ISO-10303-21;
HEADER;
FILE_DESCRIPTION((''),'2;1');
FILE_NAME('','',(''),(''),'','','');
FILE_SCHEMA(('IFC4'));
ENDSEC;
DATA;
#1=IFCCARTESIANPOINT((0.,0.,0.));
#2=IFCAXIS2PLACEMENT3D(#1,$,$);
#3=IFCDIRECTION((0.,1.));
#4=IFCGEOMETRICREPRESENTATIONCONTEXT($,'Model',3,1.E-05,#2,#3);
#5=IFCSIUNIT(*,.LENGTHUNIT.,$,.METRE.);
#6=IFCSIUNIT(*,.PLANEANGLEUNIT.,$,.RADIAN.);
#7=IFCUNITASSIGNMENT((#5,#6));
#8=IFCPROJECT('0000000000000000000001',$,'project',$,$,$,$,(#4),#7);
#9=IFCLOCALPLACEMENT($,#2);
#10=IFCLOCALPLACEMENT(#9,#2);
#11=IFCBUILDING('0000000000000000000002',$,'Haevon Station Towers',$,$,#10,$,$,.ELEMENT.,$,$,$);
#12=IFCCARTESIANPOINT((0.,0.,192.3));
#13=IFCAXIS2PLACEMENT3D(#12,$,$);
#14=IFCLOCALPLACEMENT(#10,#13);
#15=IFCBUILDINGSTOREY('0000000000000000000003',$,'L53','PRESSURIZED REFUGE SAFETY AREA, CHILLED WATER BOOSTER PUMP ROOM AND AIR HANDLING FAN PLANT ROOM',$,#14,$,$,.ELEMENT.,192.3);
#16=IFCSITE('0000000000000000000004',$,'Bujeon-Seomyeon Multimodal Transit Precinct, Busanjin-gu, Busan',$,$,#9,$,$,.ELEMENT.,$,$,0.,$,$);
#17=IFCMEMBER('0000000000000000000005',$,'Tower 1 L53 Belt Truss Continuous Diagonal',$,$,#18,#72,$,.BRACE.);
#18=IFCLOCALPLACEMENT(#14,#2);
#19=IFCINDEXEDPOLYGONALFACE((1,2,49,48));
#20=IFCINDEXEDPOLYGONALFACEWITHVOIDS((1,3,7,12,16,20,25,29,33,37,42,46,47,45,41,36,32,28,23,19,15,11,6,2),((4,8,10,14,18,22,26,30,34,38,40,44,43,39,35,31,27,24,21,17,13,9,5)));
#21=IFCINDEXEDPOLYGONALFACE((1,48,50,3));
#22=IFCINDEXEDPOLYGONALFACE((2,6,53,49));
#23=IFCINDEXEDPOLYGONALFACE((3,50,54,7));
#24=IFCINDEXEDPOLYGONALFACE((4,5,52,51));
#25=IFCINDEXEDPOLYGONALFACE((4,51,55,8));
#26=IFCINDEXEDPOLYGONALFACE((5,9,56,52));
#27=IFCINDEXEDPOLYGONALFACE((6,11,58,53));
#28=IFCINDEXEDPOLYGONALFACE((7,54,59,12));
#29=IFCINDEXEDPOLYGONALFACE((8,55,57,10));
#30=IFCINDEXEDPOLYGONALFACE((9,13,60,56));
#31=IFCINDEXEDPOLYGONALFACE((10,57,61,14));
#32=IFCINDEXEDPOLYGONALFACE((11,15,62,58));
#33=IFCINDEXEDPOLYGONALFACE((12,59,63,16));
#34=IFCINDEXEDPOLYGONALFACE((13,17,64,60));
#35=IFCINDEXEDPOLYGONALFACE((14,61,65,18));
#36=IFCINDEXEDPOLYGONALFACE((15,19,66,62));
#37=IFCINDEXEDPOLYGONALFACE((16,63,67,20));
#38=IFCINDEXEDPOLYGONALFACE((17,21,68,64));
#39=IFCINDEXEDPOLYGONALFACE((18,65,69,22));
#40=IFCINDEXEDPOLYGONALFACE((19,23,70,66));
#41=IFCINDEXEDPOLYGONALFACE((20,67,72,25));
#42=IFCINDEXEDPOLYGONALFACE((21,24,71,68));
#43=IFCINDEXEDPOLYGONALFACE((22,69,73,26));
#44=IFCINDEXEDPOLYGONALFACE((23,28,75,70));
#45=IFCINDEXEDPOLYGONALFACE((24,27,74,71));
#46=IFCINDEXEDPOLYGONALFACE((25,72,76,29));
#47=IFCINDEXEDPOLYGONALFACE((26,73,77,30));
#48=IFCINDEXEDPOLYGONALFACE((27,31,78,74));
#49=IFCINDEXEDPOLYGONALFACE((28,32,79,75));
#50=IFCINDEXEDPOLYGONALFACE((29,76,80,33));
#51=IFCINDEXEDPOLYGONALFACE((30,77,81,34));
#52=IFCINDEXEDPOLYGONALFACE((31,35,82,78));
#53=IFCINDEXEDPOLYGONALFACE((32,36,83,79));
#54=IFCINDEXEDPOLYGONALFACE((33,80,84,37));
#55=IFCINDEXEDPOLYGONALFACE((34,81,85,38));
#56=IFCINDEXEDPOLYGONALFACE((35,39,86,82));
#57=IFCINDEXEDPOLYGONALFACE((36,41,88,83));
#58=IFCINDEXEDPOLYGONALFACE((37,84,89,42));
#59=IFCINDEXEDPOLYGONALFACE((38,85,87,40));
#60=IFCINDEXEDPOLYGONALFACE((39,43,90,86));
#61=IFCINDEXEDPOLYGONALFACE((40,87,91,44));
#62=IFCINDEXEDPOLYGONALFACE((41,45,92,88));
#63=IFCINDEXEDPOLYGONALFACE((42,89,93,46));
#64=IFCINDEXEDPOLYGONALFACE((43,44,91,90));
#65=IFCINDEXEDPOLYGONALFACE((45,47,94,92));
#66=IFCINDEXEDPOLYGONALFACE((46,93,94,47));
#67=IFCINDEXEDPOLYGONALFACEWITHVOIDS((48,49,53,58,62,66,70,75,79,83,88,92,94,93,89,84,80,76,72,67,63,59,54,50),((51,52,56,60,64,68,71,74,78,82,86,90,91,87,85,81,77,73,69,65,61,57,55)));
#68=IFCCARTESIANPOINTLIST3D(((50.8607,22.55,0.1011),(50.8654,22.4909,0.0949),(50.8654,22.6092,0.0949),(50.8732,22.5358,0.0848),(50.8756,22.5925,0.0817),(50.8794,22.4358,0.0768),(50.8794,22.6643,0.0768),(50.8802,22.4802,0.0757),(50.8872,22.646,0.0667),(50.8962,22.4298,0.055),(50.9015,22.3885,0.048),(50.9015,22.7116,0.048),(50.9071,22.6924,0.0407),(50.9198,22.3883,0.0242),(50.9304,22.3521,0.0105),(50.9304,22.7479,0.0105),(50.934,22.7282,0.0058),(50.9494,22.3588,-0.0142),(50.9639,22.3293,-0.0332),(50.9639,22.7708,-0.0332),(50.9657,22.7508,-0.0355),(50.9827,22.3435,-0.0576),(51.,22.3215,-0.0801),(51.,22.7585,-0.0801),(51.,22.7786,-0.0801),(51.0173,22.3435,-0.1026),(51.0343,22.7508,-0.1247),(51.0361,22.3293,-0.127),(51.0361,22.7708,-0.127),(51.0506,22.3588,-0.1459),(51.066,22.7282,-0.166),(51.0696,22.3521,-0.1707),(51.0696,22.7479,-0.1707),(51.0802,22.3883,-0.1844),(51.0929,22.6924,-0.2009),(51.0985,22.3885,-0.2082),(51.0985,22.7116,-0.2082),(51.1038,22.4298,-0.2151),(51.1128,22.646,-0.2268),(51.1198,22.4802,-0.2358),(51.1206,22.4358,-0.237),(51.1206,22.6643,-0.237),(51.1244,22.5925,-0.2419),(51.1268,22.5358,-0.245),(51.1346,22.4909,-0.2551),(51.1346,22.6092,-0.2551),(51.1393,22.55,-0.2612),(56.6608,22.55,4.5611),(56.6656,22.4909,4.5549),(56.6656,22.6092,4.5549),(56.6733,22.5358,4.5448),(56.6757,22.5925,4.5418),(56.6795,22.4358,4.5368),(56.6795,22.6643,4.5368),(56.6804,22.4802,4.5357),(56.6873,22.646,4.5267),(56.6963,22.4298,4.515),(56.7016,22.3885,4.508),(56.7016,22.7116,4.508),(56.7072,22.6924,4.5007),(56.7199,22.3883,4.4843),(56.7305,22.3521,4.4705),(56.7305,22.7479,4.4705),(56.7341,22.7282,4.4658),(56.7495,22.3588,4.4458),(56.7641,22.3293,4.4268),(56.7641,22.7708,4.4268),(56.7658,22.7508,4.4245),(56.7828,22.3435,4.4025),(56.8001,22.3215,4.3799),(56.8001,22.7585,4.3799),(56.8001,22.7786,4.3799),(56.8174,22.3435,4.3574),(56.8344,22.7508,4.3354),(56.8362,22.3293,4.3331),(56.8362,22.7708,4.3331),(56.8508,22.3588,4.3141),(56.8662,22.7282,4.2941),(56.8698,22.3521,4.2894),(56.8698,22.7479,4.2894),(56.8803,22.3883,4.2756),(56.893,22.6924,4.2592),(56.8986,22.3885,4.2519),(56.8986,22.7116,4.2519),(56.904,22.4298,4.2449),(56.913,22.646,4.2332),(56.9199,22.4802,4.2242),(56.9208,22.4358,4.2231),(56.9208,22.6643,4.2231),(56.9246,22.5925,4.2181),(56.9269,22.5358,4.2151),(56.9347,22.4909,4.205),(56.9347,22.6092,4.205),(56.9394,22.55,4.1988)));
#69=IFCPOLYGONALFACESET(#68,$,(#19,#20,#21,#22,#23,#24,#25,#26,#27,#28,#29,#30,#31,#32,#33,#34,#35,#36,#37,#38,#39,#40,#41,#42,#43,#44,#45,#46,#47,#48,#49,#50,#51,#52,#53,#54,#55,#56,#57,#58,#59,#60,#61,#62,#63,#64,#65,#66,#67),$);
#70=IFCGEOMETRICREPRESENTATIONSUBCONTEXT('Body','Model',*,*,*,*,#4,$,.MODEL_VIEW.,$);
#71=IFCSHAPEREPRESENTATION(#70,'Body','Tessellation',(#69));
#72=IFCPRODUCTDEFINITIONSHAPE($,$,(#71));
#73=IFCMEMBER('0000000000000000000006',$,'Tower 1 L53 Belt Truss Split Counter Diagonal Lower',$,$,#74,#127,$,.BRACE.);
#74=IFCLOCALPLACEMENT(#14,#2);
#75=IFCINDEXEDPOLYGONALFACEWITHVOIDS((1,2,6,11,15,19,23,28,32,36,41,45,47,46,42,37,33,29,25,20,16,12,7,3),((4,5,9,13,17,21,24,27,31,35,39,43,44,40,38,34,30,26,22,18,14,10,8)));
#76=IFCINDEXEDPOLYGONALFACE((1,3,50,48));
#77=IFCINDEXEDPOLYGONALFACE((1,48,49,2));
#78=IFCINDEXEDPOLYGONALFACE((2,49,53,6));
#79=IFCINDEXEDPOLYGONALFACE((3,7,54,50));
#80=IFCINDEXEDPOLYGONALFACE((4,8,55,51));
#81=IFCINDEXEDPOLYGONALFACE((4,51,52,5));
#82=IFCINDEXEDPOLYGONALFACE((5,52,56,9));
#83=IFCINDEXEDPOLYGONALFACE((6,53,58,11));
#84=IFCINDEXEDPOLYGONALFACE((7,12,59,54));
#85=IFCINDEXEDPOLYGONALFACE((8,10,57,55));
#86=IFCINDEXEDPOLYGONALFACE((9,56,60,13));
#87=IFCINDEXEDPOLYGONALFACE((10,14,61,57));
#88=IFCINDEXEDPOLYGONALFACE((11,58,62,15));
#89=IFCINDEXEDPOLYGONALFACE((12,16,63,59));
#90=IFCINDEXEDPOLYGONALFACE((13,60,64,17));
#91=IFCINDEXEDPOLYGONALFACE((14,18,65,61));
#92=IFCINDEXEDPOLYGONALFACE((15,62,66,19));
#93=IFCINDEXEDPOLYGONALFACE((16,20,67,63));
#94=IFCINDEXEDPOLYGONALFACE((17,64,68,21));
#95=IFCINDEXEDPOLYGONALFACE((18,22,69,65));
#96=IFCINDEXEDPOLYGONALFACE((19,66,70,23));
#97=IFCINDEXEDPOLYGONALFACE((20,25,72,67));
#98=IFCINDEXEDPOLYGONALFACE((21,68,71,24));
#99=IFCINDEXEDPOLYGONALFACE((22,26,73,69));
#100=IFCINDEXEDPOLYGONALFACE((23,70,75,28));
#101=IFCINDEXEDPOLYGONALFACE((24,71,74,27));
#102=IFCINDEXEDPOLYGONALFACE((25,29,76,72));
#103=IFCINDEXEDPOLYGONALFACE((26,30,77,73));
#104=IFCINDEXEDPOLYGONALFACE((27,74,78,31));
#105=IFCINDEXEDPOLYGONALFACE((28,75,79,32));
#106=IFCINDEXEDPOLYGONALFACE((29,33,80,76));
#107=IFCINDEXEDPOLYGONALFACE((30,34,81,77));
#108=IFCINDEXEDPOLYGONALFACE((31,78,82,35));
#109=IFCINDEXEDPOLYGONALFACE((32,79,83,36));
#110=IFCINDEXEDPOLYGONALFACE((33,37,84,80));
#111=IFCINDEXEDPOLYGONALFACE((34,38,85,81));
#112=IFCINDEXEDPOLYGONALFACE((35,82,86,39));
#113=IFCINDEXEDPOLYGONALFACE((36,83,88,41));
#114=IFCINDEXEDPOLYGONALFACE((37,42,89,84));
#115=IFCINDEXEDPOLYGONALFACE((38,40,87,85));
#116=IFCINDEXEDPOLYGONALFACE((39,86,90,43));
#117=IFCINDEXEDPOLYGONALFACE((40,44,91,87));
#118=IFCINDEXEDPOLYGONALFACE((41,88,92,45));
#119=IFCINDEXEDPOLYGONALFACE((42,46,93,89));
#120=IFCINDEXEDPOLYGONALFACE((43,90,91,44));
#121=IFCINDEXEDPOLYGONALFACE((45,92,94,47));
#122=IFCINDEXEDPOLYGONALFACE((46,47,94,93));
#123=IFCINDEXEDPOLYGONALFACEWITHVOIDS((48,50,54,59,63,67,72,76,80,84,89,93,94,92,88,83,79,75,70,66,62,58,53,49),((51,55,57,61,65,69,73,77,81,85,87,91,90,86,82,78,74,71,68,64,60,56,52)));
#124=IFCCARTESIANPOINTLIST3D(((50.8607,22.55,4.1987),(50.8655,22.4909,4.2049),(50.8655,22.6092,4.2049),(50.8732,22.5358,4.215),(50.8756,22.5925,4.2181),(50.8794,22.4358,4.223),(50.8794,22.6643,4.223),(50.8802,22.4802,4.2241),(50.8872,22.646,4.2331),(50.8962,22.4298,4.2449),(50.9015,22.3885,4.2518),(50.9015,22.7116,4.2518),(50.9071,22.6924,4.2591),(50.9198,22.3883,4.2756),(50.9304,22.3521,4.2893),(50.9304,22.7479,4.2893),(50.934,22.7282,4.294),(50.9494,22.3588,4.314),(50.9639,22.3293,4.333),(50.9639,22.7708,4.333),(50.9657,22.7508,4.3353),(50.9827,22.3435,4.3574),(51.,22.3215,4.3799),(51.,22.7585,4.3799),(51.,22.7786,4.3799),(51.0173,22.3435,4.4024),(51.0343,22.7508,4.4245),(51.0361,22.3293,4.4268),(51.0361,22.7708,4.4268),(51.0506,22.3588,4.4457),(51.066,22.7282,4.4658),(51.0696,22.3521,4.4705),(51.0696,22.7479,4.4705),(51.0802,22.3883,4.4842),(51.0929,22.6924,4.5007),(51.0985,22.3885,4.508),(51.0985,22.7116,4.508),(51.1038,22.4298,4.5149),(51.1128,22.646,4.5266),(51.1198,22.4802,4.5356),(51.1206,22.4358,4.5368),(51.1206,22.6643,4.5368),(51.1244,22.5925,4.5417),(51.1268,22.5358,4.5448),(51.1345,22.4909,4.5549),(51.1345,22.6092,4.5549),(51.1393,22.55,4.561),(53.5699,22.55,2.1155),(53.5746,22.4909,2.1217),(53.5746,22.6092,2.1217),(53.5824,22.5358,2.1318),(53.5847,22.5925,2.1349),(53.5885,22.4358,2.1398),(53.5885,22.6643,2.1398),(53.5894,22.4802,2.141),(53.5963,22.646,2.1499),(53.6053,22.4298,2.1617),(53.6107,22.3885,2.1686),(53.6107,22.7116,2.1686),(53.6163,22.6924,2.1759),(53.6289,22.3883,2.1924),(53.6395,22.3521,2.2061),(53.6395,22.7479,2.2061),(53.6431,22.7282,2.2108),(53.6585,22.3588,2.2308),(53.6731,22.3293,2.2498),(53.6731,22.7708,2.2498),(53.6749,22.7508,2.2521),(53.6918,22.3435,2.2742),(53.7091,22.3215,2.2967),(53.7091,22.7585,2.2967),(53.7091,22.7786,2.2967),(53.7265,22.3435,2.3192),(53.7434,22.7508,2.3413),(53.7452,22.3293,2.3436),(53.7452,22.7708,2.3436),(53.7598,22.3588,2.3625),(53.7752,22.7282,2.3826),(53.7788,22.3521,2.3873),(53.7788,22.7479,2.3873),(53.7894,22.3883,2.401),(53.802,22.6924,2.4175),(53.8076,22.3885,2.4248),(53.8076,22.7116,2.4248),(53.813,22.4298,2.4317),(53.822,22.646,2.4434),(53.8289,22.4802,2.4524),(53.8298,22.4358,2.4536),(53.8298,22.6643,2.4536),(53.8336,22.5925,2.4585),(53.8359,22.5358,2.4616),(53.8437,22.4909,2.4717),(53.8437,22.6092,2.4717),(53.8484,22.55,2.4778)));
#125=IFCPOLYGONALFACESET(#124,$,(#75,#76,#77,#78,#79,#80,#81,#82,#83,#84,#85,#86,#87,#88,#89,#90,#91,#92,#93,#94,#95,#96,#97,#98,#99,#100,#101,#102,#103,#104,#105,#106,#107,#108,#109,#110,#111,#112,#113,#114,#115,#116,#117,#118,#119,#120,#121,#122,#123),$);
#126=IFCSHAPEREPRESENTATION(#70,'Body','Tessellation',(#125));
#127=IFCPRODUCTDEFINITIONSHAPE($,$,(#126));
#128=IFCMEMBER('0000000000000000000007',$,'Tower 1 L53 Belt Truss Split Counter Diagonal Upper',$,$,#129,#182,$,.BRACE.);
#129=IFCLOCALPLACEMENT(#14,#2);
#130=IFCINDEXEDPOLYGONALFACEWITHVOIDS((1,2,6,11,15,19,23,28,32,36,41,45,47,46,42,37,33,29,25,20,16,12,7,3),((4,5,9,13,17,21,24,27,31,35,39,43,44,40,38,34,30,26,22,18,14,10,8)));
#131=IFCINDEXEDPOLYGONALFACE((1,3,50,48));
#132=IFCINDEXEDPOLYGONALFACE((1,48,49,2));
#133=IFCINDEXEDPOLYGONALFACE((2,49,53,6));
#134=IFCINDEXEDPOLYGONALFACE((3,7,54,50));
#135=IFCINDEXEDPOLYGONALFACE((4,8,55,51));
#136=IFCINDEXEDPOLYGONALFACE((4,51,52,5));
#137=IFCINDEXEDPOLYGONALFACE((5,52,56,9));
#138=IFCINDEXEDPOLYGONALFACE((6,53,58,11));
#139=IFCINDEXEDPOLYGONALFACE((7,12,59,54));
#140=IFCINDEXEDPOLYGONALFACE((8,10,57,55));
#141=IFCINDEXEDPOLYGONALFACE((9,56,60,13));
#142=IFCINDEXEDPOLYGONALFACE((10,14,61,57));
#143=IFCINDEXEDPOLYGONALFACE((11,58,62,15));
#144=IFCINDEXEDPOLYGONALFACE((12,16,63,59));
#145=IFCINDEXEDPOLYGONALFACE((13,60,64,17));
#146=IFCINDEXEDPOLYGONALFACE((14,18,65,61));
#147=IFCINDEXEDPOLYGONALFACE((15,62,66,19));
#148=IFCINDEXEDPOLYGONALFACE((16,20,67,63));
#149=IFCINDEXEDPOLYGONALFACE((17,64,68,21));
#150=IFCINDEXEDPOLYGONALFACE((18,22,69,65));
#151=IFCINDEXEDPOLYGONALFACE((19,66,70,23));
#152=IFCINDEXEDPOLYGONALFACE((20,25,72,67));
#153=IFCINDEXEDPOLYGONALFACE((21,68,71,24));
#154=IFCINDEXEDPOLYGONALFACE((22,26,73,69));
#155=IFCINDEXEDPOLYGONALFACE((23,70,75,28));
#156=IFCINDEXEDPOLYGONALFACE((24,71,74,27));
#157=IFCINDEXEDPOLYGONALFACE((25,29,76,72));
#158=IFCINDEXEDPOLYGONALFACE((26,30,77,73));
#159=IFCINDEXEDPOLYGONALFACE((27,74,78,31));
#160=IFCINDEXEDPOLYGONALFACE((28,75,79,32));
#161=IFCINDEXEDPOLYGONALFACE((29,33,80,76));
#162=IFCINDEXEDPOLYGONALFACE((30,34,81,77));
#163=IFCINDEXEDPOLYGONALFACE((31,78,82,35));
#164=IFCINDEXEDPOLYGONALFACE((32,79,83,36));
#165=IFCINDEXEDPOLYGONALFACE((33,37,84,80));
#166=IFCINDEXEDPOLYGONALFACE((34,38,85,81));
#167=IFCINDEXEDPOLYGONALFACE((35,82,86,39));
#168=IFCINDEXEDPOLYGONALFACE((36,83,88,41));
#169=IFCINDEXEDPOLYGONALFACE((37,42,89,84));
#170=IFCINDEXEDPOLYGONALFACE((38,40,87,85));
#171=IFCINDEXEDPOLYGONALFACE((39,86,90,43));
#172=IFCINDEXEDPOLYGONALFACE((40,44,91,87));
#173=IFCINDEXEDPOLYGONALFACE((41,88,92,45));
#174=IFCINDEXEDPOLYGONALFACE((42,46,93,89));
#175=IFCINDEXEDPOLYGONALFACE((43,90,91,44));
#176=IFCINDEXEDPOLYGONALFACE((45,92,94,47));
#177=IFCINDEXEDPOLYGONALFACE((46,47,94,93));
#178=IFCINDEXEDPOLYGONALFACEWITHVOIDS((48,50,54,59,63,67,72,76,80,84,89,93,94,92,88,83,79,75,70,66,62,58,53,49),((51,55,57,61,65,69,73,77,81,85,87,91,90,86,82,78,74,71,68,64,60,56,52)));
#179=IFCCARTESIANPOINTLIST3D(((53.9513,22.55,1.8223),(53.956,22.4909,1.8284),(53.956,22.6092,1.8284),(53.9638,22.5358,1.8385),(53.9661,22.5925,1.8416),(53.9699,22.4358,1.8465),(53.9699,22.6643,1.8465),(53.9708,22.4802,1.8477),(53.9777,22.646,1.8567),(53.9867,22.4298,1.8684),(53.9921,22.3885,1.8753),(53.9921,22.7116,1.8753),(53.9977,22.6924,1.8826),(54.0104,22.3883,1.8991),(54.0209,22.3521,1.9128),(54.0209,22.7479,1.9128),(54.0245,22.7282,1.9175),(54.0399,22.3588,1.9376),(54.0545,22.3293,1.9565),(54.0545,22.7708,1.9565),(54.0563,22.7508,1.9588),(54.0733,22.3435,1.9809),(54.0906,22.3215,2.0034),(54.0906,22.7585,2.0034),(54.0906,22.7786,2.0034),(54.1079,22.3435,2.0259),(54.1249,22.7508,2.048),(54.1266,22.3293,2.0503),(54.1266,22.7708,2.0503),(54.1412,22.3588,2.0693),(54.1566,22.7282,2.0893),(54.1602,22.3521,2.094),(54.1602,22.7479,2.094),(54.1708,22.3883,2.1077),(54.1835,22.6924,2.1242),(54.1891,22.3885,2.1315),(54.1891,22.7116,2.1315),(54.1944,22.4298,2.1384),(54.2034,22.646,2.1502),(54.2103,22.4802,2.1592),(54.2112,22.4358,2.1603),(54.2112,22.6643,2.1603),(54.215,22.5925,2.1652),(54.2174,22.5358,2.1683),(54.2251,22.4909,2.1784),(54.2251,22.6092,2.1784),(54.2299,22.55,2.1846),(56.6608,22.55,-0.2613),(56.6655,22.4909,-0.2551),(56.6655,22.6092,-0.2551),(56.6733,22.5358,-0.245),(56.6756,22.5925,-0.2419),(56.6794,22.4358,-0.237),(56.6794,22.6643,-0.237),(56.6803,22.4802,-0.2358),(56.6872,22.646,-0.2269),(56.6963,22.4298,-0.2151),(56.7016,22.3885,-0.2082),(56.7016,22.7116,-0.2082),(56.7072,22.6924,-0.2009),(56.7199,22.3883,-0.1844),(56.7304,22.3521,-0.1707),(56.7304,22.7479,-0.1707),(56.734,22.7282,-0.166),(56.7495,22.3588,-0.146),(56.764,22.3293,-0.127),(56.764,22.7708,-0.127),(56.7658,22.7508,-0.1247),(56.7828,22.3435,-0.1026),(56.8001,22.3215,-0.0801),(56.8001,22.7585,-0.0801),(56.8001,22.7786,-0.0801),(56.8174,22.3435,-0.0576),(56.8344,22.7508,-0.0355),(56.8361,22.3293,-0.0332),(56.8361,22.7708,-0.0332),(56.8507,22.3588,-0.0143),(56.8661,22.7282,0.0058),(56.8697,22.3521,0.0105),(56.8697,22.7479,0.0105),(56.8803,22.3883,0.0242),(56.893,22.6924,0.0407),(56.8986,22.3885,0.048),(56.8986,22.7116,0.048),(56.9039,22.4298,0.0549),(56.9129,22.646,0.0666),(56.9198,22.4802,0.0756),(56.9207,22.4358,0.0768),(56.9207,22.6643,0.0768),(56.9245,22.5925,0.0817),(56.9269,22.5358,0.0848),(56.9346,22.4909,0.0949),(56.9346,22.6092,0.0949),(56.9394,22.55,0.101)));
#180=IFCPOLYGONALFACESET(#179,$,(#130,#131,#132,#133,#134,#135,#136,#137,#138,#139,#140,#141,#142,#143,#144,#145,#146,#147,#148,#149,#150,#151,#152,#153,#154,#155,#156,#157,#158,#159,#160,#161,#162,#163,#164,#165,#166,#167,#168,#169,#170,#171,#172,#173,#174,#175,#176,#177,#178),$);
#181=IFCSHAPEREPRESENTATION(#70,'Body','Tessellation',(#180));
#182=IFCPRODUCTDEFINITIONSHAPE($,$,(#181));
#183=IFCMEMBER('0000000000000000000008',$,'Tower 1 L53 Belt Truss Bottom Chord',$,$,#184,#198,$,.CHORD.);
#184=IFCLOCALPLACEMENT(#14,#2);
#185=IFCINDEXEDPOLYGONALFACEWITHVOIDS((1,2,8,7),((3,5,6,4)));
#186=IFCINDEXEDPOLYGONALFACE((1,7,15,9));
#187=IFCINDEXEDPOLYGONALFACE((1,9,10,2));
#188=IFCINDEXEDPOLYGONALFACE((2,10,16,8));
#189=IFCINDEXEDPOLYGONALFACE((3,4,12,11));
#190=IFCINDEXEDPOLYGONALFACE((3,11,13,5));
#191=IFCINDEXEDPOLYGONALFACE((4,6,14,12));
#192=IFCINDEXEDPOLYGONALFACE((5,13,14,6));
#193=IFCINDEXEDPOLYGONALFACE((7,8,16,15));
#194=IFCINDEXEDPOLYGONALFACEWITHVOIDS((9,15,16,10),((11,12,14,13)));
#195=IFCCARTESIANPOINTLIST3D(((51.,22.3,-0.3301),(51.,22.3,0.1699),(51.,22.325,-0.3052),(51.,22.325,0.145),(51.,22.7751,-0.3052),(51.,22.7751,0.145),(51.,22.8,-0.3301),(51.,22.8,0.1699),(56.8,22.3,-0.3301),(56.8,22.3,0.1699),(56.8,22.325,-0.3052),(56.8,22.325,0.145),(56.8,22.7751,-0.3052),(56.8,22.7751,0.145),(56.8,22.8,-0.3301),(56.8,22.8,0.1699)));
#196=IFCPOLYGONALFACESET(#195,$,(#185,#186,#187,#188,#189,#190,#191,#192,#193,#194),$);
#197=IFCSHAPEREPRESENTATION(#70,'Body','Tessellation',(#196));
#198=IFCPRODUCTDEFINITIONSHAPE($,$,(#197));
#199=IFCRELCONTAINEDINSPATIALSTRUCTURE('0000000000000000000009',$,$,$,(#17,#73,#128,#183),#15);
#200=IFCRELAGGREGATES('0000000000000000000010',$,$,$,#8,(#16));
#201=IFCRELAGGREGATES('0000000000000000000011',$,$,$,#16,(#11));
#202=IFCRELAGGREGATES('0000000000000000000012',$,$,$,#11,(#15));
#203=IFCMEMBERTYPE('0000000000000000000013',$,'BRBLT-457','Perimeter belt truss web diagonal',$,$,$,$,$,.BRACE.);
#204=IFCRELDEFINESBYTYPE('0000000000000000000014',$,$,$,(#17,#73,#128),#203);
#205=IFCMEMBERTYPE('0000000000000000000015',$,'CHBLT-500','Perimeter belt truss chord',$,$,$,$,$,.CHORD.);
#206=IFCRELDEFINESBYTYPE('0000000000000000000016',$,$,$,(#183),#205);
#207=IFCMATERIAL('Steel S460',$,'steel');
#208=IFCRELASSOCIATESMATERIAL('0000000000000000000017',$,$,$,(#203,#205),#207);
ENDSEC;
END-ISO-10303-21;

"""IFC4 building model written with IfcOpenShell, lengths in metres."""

from ifc_helpers import new_model, si_unit, direction, frame, origin, origin_2d, place, context, subcontext, project, spatial, hollow_rectangle, hollow_circle, extrude, material, material_profile, profile_set, type_object, element, save


model = new_model("IFC4")

# Units and contexts
model_context = context("Model", 3, precision=1e-05, world=origin(), true_north=direction((0.0, 1.0)))
body_context = subcontext(model_context, "Body", "Model", "MODEL_VIEW")
ifc_project = project(units=[si_unit("LENGTHUNIT", "METRE"), si_unit("PLANEANGLEUNIT", "RADIAN")], contexts=[model_context])

# Site, building, storey
site_placement = place(None, origin())
site = spatial("IfcSite", under=ifc_project, at=site_placement, Name="Bujeon-Seomyeon Multimodal Transit Precinct, Busanjin-gu, Busan", CompositionType="ELEMENT", RefElevation=0.0)
building_placement = place(site_placement, origin())
building = spatial("IfcBuilding", under=site, at=building_placement, Name="Haevon Station Towers", CompositionType="ELEMENT")
storey_placement = place(building_placement, frame((0.0, 0.0, 192.3)))
storey = spatial("IfcBuildingStorey", under=building, at=storey_placement, Name="L53", Description="PRESSURIZED REFUGE SAFETY AREA, CHILLED WATER BOOSTER PUMP ROOM AND AIR HANDLING FAN PLANT ROOM", CompositionType="ELEMENT", Elevation=192.3)

# Shared definitions
ifc_material_1 = material(Name="Steel S460", Category="steel")

# Members
ifc_material_profile_1 = material_profile(ifc_material_1, hollow_circle(Radius=0.2285, WallThickness=0.02, at=origin_2d()), Name="CHS-457x20")
ifc_profile_set_1 = profile_set([ifc_material_profile_1], Name="Steel S460")
member_type_1 = type_object("IfcMemberType", Name="BRBLT-457", Description="Perimeter belt truss web diagonal", PredefinedType="BRACE", material=ifc_profile_set_1)
member_1_placement = place(storey_placement, frame((51.0, 22.55, -0.0801), z_axis=(0.792731, 0.0, 0.609572), x_axis=(0.0, 1.0, 0.0)))
element("IfcMember", 1, at=member_1_placement, inside=storey, type_object=member_type_1, Name="Tower 1 L53 Belt Truss Continuous Diagonal", PredefinedType="BRACE", context=body_context, shape_type="SweptSolid", body=[
    extrude(hollow_circle(Radius=0.2285, WallThickness=0.02, at=origin_2d()), origin(), (0.0, 0.0, 1.0), 7.3167),
])
member_2_placement = place(storey_placement, frame((51.0, 22.55, 4.3799), z_axis=(0.792733, 0.0, -0.609569), x_axis=(0.0, 1.0, 0.0)))
element("IfcMember", 2, at=member_2_placement, inside=storey, type_object=member_type_1, Name="Tower 1 L53 Belt Truss Split Counter Diagonal Lower", PredefinedType="BRACE", context=body_context, shape_type="SweptSolid", body=[
    extrude(hollow_circle(Radius=0.2285, WallThickness=0.02, at=origin_2d()), origin(), (0.0, 0.0, 1.0), 3.4175),
])
member_3_placement = place(storey_placement, frame((54.0906, 22.55, 2.0034), z_axis=(0.792725, 0.0, -0.60958), x_axis=(0.0, 1.0, 0.0)))
element("IfcMember", 3, at=member_3_placement, inside=storey, type_object=member_type_1, Name="Tower 1 L53 Belt Truss Split Counter Diagonal Upper", PredefinedType="BRACE", context=body_context, shape_type="SweptSolid", body=[
    extrude(hollow_circle(Radius=0.2285, WallThickness=0.02, at=origin_2d()), origin(), (0.0, 0.0, 1.0), 3.418),
])
ifc_material_profile_2 = material_profile(ifc_material_1, hollow_rectangle(XDim=0.5, YDim=0.5, WallThickness=0.0249, at=origin_2d()), Name="RHS-500x500x25")
ifc_profile_set_2 = profile_set([ifc_material_profile_2], Name="Steel S460")
member_type_2 = type_object("IfcMemberType", Name="CHBLT-500", Description="Perimeter belt truss chord", PredefinedType="CHORD", material=ifc_profile_set_2)
for number, where, z_axis, x_axis, name in (
    (4, (51.0, 22.55, -0.0801), (1.0, 0.0, 0.0), (0.0, 1.0, 0.0), "Tower 1 L53 Belt Truss Bottom Chord"),
):
    element("IfcMember", number, at=place(storey_placement, frame(where, z_axis=z_axis, x_axis=x_axis)), inside=storey, type_object=member_type_2, Name=name, PredefinedType="CHORD", context=body_context, shape_type="SweptSolid", body=[
        extrude(hollow_rectangle(XDim=0.5, YDim=0.5, WallThickness=0.0249, at=origin_2d()), origin(), (0.0, 0.0, 1.0), 5.8),
    ])

save(model, "model.ifc")
